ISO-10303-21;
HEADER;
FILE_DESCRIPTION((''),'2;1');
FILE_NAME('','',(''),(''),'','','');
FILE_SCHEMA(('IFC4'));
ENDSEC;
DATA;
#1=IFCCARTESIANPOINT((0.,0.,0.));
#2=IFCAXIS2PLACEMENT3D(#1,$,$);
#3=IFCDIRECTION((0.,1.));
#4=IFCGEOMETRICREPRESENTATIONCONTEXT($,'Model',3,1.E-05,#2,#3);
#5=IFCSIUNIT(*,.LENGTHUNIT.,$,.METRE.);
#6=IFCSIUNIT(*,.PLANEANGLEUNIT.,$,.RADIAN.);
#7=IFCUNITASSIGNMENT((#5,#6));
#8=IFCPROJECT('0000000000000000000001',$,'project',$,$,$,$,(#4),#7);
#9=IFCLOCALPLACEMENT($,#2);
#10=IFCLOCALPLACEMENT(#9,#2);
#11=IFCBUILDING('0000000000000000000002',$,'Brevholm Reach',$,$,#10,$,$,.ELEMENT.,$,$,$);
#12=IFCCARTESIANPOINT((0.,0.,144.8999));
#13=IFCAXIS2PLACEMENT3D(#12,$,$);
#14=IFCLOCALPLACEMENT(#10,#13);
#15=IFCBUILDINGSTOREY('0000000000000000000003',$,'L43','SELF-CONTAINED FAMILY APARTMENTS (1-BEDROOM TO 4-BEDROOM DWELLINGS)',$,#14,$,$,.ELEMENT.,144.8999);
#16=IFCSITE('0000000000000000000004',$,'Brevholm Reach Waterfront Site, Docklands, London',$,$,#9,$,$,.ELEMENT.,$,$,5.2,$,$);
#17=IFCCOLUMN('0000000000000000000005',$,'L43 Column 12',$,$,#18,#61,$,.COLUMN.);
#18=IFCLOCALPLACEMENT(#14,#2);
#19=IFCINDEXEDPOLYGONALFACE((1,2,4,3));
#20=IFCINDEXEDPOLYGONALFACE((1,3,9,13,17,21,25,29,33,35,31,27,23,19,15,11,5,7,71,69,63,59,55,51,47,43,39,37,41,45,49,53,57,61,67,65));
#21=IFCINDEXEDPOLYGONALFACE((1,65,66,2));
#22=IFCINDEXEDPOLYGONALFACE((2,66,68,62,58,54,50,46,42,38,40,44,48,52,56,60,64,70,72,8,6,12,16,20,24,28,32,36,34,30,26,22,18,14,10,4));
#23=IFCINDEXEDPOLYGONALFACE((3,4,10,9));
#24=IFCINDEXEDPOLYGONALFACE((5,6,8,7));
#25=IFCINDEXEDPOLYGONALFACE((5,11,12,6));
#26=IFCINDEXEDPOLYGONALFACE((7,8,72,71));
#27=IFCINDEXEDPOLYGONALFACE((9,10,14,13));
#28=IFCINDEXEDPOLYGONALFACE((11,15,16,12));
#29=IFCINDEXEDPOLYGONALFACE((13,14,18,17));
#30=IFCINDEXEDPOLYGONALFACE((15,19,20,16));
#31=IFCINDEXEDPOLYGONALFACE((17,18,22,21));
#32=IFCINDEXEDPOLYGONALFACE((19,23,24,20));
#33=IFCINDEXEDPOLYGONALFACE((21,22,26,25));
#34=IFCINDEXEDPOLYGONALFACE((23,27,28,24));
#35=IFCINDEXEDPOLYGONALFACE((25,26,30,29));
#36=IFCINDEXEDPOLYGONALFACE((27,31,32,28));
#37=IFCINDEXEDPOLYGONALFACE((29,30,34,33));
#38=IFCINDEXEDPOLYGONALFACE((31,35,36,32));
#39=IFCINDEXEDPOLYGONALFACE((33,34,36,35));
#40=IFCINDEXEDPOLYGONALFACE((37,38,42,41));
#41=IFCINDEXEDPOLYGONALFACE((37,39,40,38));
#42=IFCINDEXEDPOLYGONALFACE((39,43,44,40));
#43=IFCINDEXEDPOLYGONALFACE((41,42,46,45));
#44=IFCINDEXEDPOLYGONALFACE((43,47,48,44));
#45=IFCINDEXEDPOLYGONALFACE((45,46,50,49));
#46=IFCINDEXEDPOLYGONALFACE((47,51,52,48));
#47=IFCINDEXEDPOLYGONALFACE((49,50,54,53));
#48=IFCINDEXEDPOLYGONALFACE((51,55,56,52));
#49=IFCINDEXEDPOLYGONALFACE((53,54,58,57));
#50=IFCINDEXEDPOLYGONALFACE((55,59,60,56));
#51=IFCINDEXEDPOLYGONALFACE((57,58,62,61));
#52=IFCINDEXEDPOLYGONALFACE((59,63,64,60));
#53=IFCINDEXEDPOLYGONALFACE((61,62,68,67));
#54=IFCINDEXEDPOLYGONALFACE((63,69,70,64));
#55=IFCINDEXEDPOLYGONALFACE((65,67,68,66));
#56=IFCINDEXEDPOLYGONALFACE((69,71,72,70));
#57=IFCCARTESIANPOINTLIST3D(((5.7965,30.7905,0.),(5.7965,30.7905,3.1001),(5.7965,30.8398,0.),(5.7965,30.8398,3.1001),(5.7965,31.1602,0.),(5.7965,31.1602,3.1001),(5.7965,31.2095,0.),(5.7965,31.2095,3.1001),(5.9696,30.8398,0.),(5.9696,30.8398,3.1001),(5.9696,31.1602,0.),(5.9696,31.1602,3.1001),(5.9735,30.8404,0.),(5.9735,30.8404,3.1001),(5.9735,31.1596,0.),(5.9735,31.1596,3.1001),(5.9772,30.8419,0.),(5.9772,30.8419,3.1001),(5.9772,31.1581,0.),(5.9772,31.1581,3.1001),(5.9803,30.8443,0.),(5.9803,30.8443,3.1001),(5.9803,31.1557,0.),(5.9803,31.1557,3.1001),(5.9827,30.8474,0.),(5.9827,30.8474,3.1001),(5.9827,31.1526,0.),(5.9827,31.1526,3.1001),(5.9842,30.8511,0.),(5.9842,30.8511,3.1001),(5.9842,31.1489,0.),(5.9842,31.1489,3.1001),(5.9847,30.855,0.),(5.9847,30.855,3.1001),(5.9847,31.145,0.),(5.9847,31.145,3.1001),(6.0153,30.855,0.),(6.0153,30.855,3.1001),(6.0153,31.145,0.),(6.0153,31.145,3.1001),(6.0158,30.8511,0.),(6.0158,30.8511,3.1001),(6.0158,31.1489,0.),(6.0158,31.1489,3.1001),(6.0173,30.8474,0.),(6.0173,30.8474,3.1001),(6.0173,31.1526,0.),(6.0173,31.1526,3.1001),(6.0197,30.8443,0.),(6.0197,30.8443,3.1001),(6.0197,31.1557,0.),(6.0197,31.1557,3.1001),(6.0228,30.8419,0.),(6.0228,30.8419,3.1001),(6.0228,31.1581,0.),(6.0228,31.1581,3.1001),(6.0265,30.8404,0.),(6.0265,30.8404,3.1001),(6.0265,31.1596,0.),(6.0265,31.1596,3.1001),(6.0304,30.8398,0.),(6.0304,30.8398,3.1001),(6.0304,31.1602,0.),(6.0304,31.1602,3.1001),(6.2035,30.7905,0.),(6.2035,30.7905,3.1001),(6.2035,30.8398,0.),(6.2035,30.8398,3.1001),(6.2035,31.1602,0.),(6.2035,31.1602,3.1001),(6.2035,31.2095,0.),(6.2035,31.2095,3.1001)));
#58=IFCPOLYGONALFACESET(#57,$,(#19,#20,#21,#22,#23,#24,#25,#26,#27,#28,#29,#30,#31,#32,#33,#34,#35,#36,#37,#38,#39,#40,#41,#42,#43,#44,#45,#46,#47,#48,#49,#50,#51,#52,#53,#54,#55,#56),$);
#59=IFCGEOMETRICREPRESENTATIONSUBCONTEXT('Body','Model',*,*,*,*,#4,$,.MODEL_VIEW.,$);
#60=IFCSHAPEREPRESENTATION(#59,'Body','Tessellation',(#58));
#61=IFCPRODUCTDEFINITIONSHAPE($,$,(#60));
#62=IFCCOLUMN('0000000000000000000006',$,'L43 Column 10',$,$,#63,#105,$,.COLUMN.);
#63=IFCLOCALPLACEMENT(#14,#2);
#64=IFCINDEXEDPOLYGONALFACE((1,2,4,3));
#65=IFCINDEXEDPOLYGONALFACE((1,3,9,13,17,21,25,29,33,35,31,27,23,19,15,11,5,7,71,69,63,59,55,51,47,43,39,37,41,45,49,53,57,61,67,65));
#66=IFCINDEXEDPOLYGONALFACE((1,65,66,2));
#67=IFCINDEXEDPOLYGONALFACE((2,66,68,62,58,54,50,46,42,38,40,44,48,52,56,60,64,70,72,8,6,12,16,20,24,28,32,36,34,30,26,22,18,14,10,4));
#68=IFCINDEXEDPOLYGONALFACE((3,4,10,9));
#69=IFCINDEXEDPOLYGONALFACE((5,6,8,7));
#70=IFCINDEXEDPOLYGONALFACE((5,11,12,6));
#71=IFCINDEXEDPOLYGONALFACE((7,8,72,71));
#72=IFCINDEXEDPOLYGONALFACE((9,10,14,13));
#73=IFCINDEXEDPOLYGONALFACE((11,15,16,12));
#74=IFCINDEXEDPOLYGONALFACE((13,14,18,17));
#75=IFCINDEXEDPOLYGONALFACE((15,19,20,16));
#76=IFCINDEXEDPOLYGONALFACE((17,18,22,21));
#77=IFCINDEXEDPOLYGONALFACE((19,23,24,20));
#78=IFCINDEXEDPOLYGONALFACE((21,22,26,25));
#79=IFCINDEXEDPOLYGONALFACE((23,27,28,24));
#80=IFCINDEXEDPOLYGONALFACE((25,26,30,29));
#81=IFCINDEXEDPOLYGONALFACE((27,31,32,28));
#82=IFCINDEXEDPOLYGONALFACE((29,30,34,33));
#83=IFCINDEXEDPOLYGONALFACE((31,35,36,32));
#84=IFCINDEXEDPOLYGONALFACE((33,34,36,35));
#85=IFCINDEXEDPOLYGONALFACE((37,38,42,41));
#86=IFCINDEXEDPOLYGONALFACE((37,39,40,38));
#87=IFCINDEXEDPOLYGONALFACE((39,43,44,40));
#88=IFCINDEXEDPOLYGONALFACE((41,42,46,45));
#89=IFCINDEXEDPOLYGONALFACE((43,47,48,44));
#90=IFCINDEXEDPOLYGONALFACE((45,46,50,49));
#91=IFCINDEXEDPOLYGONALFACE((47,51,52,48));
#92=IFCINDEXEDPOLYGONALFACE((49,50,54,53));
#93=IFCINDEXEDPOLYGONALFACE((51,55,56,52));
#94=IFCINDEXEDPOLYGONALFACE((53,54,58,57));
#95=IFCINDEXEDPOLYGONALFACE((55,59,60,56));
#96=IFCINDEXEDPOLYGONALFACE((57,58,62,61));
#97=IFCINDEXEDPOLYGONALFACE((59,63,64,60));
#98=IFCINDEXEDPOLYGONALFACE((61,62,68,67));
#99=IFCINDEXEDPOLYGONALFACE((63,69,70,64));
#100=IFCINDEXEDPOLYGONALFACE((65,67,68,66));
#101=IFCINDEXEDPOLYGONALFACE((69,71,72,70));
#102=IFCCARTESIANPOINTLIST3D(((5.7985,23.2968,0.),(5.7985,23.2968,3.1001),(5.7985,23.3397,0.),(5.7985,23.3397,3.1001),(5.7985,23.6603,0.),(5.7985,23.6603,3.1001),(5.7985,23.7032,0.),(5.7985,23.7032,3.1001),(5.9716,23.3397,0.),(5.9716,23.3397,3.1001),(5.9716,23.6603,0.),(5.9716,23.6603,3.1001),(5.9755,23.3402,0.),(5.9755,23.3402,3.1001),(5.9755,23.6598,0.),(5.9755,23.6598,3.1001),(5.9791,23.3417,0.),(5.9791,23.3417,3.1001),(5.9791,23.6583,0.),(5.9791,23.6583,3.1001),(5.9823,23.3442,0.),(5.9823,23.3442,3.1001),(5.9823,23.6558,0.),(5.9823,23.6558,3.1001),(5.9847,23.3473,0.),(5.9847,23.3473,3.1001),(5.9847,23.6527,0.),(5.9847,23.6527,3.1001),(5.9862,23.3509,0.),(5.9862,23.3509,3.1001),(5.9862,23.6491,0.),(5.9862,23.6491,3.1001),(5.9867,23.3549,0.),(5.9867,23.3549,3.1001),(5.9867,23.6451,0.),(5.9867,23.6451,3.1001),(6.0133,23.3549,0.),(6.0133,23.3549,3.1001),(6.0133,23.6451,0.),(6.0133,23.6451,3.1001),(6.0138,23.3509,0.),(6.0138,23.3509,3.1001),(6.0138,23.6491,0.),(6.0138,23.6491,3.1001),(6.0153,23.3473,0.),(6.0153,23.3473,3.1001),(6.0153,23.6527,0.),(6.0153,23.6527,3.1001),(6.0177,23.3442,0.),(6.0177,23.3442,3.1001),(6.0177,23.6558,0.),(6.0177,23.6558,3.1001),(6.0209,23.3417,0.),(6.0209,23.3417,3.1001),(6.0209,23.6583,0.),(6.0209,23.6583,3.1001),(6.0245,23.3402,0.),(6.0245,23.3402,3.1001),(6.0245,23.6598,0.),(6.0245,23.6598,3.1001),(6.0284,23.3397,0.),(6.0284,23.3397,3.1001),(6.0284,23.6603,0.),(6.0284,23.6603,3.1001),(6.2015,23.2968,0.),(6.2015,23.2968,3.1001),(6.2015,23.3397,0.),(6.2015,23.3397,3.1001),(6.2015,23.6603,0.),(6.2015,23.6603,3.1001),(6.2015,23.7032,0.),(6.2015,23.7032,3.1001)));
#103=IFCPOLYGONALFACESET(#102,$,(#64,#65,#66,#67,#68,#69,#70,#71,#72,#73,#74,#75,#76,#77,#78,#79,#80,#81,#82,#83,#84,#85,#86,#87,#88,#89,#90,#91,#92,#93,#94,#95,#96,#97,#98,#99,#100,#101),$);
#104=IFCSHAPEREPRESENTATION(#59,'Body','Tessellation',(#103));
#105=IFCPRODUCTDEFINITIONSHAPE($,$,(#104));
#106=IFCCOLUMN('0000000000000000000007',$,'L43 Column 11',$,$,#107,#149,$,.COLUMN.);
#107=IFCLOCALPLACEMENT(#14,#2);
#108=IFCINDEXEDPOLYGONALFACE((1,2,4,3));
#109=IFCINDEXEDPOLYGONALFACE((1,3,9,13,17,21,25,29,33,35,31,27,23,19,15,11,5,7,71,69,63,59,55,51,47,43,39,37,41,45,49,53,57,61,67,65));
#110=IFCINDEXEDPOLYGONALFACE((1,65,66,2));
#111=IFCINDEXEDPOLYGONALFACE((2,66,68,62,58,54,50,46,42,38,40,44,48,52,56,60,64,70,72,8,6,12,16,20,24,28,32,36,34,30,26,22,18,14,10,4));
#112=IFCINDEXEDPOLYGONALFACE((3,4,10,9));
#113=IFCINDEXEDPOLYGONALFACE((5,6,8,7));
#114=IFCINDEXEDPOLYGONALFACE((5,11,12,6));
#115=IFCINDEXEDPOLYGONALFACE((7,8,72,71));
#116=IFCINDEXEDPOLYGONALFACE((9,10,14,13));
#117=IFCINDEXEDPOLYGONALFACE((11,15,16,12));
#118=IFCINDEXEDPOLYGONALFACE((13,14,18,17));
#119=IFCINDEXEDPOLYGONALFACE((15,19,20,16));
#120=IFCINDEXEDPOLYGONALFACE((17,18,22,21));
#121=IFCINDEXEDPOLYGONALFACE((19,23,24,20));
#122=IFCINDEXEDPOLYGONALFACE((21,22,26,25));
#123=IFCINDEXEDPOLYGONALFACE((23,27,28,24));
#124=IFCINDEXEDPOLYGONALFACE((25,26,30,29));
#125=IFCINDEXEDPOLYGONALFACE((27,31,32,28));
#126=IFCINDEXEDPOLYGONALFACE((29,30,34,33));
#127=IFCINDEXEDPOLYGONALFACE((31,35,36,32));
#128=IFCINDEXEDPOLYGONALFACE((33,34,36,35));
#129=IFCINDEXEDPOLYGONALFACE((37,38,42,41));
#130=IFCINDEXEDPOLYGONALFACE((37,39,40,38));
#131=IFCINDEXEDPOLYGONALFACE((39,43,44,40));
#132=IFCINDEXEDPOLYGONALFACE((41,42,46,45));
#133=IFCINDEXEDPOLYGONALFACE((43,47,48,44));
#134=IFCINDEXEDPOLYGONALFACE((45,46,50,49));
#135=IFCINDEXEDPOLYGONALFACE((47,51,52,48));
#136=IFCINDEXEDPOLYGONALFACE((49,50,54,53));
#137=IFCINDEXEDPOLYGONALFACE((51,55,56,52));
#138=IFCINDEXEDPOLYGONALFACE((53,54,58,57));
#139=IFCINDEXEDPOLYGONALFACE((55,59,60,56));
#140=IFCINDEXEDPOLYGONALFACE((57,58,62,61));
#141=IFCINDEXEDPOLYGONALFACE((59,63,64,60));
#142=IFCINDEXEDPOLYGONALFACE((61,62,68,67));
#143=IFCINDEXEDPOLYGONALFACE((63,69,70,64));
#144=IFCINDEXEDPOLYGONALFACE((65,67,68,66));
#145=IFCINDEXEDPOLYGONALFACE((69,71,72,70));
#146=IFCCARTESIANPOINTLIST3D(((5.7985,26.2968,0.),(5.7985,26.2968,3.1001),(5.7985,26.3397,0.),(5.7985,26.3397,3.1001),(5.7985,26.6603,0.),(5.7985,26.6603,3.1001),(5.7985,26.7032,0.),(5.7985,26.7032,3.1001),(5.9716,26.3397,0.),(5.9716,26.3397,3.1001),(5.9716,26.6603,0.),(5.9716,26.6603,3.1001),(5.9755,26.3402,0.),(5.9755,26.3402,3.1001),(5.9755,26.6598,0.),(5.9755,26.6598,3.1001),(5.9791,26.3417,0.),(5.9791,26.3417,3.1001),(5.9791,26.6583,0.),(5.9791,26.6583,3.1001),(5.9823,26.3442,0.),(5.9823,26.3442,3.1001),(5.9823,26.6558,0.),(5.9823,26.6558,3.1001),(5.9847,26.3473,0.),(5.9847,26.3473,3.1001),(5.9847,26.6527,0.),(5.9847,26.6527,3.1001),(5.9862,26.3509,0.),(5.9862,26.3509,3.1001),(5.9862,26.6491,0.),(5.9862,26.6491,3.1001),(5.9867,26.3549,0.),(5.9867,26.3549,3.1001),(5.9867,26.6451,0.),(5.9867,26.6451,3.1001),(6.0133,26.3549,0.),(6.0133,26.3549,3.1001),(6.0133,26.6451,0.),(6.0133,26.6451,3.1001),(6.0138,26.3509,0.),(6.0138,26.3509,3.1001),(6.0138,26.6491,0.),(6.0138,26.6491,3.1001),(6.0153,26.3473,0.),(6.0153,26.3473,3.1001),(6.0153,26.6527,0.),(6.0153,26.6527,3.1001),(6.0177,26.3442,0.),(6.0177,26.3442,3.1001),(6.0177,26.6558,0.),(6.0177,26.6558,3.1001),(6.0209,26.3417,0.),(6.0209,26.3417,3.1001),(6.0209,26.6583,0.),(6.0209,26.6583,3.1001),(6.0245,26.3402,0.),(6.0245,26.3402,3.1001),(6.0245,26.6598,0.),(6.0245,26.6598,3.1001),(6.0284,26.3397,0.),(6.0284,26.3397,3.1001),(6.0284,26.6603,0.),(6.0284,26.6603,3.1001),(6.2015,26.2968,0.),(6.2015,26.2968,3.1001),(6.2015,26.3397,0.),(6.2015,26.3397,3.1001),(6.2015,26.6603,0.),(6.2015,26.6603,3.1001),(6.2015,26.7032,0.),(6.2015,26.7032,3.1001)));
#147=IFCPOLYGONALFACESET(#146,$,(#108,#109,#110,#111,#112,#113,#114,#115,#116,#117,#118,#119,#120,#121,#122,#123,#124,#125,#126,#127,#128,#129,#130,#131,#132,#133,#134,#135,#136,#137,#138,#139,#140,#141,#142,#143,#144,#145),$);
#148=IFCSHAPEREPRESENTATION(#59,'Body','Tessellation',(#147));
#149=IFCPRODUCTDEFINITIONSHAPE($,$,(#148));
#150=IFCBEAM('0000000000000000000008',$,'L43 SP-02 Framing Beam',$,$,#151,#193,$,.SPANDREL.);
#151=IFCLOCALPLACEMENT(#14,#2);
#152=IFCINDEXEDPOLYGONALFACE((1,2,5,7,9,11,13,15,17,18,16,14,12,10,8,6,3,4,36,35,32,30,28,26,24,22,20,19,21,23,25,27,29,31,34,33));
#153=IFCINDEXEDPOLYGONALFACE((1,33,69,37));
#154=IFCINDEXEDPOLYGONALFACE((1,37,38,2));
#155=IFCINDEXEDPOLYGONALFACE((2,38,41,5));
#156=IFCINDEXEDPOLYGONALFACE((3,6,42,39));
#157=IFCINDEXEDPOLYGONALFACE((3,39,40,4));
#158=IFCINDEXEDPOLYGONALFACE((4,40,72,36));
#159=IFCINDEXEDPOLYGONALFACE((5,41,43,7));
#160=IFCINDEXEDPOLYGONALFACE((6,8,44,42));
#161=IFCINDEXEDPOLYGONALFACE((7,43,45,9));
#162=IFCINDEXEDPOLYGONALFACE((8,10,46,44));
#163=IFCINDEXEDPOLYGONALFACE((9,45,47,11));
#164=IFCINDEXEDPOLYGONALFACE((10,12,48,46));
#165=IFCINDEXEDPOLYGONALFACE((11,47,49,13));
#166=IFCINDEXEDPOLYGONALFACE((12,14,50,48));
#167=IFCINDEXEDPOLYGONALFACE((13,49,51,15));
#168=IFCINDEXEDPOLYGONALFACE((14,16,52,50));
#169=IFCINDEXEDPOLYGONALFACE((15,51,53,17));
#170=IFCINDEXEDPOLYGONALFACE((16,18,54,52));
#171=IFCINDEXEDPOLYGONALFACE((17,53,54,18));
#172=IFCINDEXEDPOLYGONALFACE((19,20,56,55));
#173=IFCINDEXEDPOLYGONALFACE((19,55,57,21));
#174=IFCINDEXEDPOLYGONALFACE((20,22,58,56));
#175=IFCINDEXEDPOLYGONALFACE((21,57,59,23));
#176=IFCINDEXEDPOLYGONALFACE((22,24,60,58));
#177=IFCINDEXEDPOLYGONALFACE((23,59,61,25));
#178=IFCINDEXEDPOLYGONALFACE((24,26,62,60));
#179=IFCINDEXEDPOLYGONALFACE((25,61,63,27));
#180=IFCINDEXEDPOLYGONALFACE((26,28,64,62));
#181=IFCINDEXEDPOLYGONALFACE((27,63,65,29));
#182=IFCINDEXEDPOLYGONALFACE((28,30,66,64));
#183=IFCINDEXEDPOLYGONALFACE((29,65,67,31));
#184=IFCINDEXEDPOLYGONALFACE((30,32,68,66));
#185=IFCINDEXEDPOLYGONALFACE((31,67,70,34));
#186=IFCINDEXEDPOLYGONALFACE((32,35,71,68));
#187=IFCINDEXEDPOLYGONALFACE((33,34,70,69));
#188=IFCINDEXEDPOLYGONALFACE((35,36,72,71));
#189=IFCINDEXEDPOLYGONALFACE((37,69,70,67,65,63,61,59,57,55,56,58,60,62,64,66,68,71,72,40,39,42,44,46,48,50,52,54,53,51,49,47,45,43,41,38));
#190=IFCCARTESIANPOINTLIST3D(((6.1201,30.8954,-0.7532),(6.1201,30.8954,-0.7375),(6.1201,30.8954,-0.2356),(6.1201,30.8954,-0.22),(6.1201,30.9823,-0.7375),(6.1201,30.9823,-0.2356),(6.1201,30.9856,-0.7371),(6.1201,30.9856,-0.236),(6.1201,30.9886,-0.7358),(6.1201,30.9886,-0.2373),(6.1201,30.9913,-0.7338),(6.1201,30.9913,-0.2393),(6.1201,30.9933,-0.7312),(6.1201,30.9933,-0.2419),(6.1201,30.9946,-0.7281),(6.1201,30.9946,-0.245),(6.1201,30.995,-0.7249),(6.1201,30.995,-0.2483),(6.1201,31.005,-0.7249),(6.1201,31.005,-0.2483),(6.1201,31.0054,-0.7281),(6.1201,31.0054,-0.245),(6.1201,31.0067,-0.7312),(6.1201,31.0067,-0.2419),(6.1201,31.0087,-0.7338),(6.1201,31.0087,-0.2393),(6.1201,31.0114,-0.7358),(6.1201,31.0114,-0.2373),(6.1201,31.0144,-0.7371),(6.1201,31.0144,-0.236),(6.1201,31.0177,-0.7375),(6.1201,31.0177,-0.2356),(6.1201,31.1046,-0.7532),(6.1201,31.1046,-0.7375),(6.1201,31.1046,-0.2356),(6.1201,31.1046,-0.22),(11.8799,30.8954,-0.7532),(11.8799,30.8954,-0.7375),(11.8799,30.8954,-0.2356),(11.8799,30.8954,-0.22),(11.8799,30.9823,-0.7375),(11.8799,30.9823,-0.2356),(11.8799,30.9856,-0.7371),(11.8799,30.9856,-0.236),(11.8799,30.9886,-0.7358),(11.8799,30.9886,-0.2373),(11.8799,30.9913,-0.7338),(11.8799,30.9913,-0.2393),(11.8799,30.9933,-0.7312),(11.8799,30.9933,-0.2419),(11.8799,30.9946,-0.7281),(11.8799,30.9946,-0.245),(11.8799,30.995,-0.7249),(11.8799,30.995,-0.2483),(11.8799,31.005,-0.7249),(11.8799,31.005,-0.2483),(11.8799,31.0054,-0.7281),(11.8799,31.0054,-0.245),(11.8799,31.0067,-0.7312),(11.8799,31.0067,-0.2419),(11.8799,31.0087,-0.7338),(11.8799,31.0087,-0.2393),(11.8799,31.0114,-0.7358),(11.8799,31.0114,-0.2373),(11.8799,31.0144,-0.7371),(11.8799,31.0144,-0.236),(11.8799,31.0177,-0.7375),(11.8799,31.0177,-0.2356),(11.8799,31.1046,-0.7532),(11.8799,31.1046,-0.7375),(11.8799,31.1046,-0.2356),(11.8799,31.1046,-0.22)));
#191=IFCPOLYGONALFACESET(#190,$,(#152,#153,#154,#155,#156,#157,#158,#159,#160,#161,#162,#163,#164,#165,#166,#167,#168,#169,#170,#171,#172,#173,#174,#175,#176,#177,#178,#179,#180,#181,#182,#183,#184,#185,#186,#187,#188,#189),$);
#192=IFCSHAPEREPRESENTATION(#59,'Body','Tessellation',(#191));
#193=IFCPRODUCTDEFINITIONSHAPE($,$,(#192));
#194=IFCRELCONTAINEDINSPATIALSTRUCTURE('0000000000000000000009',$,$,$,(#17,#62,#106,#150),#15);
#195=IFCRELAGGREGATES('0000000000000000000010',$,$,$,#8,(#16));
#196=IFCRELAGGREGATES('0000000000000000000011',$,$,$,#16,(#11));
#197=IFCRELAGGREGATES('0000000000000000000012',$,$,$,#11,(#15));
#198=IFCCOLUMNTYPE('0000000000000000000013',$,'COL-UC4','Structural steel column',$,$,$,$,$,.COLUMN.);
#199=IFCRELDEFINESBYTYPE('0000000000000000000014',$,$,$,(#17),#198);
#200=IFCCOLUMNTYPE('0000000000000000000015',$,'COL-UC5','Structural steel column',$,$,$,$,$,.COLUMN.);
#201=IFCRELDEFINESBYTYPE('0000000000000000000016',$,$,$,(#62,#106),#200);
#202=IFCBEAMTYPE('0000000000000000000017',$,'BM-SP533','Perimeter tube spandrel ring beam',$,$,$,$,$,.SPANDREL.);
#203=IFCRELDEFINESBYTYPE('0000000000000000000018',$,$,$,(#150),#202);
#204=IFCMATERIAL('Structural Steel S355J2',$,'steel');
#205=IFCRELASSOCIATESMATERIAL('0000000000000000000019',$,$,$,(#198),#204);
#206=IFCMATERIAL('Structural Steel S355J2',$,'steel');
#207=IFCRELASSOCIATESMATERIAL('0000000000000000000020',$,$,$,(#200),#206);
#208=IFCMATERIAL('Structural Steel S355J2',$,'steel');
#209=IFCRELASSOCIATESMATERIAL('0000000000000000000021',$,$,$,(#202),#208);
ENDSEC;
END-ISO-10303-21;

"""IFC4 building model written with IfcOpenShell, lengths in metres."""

from ifc_helpers import new_model, si_unit, direction, frame, origin, origin_2d, place, context, subcontext, project, spatial, i_section, extrude, material, material_profile, profile_set, type_object, element, save


model = new_model("IFC4")

# Units and contexts
model_context = context("Model", 3, precision=1e-05, world=origin(), true_north=direction((0.0, 1.0)))
body_context = subcontext(model_context, "Body", "Model", "MODEL_VIEW")
ifc_project = project(units=[si_unit("LENGTHUNIT", "METRE"), si_unit("PLANEANGLEUNIT", "RADIAN")], contexts=[model_context])

# Site, building, storey
site_placement = place(None, origin())
site = spatial("IfcSite", under=ifc_project, at=site_placement, Name="Brevholm Reach Waterfront Site, Docklands, London", CompositionType="ELEMENT", RefElevation=5.2)
building_placement = place(site_placement, origin())
building = spatial("IfcBuilding", under=site, at=building_placement, Name="Brevholm Reach", CompositionType="ELEMENT")
storey_placement = place(building_placement, frame((0.0, 0.0, 144.8999)))
storey = spatial("IfcBuildingStorey", under=building, at=storey_placement, Name="L43", Description="SELF-CONTAINED FAMILY APARTMENTS (1-BEDROOM TO 4-BEDROOM DWELLINGS)", CompositionType="ELEMENT", Elevation=144.8999)

# Columns
ifc_material_1 = material(Name="Structural Steel S355J2", Category="steel")
ifc_material_profile_1 = material_profile(ifc_material_1, i_section(OverallWidth=0.407, OverallDepth=0.4189, WebThickness=0.0305, FlangeThickness=0.0493, FilletRadius=0.0151, at=origin_2d()), Name="UKC 356x406x393")
ifc_profile_set_1 = profile_set([ifc_material_profile_1], Name="Structural Steel S355J2")
column_type_1 = type_object("IfcColumnType", Name="COL-UC4", Description="Structural steel column", PredefinedType="COLUMN", material=ifc_profile_set_1)
for number, where, z_axis, x_axis, name in (
    (1, (6.0, 31.0, 0.0), (0.0, 0.0, 1.0), (1.0, 0.0, 0.0), "L43 Column 12"),
):
    element("IfcColumn", number, at=place(storey_placement, frame(where, z_axis=z_axis, x_axis=x_axis)), inside=storey, type_object=column_type_1, Name=name, PredefinedType="COLUMN", context=body_context, shape_type="SweptSolid", body=[
        extrude(i_section(OverallWidth=0.407, OverallDepth=0.4189, WebThickness=0.0305, FlangeThickness=0.0493, FilletRadius=0.0151, at=origin_2d()), origin(), (0.0, 0.0, 1.0), 3.1001),
    ])
ifc_material_2 = material(Name="Structural Steel S355J2", Category="steel")
ifc_material_profile_2 = material_profile(ifc_material_2, i_section(OverallWidth=0.4031, OverallDepth=0.4065, WebThickness=0.0266, FlangeThickness=0.043, FilletRadius=0.0151, at=origin_2d()), Name="UKC 356x406x340")
ifc_profile_set_2 = profile_set([ifc_material_profile_2], Name="Structural Steel S355J2")
column_type_2 = type_object("IfcColumnType", Name="COL-UC5", Description="Structural steel column", PredefinedType="COLUMN", material=ifc_profile_set_2)
for number, where, z_axis, x_axis, name in (
    (2, (6.0, 23.5, 0.0), (0.0, 0.0, 1.0), (1.0, 0.0, 0.0), "L43 Column 10"),
    (3, (6.0, 26.5, 0.0), (0.0, 0.0, 1.0), (1.0, 0.0, 0.0), "L43 Column 11"),
):
    element("IfcColumn", number, at=place(storey_placement, frame(where, z_axis=z_axis, x_axis=x_axis)), inside=storey, type_object=column_type_2, Name=name, PredefinedType="COLUMN", context=body_context, shape_type="SweptSolid", body=[
        extrude(i_section(OverallWidth=0.4031, OverallDepth=0.4065, WebThickness=0.0266, FlangeThickness=0.043, FilletRadius=0.0151, at=origin_2d()), origin(), (0.0, 0.0, 1.0), 3.1001),
    ])

# Beam
ifc_material_3 = material(Name="Structural Steel S355J2", Category="steel")
ifc_material_profile_3 = material_profile(ifc_material_3, i_section(OverallWidth=0.2092, OverallDepth=0.5332, WebThickness=0.01, FlangeThickness=0.0156, FilletRadius=0.0127, at=origin_2d()), Name="UKB 533x210x92")
ifc_profile_set_3 = profile_set([ifc_material_profile_3], Name="Structural Steel S355J2")
beam_type_1 = type_object("IfcBeamType", Name="BM-SP533", Description="Perimeter tube spandrel ring beam", PredefinedType="SPANDREL", material=ifc_profile_set_3)
beam_1_placement = place(storey_placement, frame((6.1201, 31.0, -0.4866), z_axis=(1.0, 0.0, 0.0), x_axis=(0.0, 1.0, 0.0)))
element("IfcBeam", 4, at=beam_1_placement, inside=storey, type_object=beam_type_1, Name="L43 SP-02 Framing Beam", PredefinedType="SPANDREL", context=body_context, shape_type="SweptSolid", body=[
    extrude(i_section(OverallWidth=0.2092, OverallDepth=0.5332, WebThickness=0.01, FlangeThickness=0.0156, FilletRadius=0.0127, at=origin_2d()), origin(), (0.0, 0.0, 1.0), 5.7598),
])

save(model, "model.ifc")
